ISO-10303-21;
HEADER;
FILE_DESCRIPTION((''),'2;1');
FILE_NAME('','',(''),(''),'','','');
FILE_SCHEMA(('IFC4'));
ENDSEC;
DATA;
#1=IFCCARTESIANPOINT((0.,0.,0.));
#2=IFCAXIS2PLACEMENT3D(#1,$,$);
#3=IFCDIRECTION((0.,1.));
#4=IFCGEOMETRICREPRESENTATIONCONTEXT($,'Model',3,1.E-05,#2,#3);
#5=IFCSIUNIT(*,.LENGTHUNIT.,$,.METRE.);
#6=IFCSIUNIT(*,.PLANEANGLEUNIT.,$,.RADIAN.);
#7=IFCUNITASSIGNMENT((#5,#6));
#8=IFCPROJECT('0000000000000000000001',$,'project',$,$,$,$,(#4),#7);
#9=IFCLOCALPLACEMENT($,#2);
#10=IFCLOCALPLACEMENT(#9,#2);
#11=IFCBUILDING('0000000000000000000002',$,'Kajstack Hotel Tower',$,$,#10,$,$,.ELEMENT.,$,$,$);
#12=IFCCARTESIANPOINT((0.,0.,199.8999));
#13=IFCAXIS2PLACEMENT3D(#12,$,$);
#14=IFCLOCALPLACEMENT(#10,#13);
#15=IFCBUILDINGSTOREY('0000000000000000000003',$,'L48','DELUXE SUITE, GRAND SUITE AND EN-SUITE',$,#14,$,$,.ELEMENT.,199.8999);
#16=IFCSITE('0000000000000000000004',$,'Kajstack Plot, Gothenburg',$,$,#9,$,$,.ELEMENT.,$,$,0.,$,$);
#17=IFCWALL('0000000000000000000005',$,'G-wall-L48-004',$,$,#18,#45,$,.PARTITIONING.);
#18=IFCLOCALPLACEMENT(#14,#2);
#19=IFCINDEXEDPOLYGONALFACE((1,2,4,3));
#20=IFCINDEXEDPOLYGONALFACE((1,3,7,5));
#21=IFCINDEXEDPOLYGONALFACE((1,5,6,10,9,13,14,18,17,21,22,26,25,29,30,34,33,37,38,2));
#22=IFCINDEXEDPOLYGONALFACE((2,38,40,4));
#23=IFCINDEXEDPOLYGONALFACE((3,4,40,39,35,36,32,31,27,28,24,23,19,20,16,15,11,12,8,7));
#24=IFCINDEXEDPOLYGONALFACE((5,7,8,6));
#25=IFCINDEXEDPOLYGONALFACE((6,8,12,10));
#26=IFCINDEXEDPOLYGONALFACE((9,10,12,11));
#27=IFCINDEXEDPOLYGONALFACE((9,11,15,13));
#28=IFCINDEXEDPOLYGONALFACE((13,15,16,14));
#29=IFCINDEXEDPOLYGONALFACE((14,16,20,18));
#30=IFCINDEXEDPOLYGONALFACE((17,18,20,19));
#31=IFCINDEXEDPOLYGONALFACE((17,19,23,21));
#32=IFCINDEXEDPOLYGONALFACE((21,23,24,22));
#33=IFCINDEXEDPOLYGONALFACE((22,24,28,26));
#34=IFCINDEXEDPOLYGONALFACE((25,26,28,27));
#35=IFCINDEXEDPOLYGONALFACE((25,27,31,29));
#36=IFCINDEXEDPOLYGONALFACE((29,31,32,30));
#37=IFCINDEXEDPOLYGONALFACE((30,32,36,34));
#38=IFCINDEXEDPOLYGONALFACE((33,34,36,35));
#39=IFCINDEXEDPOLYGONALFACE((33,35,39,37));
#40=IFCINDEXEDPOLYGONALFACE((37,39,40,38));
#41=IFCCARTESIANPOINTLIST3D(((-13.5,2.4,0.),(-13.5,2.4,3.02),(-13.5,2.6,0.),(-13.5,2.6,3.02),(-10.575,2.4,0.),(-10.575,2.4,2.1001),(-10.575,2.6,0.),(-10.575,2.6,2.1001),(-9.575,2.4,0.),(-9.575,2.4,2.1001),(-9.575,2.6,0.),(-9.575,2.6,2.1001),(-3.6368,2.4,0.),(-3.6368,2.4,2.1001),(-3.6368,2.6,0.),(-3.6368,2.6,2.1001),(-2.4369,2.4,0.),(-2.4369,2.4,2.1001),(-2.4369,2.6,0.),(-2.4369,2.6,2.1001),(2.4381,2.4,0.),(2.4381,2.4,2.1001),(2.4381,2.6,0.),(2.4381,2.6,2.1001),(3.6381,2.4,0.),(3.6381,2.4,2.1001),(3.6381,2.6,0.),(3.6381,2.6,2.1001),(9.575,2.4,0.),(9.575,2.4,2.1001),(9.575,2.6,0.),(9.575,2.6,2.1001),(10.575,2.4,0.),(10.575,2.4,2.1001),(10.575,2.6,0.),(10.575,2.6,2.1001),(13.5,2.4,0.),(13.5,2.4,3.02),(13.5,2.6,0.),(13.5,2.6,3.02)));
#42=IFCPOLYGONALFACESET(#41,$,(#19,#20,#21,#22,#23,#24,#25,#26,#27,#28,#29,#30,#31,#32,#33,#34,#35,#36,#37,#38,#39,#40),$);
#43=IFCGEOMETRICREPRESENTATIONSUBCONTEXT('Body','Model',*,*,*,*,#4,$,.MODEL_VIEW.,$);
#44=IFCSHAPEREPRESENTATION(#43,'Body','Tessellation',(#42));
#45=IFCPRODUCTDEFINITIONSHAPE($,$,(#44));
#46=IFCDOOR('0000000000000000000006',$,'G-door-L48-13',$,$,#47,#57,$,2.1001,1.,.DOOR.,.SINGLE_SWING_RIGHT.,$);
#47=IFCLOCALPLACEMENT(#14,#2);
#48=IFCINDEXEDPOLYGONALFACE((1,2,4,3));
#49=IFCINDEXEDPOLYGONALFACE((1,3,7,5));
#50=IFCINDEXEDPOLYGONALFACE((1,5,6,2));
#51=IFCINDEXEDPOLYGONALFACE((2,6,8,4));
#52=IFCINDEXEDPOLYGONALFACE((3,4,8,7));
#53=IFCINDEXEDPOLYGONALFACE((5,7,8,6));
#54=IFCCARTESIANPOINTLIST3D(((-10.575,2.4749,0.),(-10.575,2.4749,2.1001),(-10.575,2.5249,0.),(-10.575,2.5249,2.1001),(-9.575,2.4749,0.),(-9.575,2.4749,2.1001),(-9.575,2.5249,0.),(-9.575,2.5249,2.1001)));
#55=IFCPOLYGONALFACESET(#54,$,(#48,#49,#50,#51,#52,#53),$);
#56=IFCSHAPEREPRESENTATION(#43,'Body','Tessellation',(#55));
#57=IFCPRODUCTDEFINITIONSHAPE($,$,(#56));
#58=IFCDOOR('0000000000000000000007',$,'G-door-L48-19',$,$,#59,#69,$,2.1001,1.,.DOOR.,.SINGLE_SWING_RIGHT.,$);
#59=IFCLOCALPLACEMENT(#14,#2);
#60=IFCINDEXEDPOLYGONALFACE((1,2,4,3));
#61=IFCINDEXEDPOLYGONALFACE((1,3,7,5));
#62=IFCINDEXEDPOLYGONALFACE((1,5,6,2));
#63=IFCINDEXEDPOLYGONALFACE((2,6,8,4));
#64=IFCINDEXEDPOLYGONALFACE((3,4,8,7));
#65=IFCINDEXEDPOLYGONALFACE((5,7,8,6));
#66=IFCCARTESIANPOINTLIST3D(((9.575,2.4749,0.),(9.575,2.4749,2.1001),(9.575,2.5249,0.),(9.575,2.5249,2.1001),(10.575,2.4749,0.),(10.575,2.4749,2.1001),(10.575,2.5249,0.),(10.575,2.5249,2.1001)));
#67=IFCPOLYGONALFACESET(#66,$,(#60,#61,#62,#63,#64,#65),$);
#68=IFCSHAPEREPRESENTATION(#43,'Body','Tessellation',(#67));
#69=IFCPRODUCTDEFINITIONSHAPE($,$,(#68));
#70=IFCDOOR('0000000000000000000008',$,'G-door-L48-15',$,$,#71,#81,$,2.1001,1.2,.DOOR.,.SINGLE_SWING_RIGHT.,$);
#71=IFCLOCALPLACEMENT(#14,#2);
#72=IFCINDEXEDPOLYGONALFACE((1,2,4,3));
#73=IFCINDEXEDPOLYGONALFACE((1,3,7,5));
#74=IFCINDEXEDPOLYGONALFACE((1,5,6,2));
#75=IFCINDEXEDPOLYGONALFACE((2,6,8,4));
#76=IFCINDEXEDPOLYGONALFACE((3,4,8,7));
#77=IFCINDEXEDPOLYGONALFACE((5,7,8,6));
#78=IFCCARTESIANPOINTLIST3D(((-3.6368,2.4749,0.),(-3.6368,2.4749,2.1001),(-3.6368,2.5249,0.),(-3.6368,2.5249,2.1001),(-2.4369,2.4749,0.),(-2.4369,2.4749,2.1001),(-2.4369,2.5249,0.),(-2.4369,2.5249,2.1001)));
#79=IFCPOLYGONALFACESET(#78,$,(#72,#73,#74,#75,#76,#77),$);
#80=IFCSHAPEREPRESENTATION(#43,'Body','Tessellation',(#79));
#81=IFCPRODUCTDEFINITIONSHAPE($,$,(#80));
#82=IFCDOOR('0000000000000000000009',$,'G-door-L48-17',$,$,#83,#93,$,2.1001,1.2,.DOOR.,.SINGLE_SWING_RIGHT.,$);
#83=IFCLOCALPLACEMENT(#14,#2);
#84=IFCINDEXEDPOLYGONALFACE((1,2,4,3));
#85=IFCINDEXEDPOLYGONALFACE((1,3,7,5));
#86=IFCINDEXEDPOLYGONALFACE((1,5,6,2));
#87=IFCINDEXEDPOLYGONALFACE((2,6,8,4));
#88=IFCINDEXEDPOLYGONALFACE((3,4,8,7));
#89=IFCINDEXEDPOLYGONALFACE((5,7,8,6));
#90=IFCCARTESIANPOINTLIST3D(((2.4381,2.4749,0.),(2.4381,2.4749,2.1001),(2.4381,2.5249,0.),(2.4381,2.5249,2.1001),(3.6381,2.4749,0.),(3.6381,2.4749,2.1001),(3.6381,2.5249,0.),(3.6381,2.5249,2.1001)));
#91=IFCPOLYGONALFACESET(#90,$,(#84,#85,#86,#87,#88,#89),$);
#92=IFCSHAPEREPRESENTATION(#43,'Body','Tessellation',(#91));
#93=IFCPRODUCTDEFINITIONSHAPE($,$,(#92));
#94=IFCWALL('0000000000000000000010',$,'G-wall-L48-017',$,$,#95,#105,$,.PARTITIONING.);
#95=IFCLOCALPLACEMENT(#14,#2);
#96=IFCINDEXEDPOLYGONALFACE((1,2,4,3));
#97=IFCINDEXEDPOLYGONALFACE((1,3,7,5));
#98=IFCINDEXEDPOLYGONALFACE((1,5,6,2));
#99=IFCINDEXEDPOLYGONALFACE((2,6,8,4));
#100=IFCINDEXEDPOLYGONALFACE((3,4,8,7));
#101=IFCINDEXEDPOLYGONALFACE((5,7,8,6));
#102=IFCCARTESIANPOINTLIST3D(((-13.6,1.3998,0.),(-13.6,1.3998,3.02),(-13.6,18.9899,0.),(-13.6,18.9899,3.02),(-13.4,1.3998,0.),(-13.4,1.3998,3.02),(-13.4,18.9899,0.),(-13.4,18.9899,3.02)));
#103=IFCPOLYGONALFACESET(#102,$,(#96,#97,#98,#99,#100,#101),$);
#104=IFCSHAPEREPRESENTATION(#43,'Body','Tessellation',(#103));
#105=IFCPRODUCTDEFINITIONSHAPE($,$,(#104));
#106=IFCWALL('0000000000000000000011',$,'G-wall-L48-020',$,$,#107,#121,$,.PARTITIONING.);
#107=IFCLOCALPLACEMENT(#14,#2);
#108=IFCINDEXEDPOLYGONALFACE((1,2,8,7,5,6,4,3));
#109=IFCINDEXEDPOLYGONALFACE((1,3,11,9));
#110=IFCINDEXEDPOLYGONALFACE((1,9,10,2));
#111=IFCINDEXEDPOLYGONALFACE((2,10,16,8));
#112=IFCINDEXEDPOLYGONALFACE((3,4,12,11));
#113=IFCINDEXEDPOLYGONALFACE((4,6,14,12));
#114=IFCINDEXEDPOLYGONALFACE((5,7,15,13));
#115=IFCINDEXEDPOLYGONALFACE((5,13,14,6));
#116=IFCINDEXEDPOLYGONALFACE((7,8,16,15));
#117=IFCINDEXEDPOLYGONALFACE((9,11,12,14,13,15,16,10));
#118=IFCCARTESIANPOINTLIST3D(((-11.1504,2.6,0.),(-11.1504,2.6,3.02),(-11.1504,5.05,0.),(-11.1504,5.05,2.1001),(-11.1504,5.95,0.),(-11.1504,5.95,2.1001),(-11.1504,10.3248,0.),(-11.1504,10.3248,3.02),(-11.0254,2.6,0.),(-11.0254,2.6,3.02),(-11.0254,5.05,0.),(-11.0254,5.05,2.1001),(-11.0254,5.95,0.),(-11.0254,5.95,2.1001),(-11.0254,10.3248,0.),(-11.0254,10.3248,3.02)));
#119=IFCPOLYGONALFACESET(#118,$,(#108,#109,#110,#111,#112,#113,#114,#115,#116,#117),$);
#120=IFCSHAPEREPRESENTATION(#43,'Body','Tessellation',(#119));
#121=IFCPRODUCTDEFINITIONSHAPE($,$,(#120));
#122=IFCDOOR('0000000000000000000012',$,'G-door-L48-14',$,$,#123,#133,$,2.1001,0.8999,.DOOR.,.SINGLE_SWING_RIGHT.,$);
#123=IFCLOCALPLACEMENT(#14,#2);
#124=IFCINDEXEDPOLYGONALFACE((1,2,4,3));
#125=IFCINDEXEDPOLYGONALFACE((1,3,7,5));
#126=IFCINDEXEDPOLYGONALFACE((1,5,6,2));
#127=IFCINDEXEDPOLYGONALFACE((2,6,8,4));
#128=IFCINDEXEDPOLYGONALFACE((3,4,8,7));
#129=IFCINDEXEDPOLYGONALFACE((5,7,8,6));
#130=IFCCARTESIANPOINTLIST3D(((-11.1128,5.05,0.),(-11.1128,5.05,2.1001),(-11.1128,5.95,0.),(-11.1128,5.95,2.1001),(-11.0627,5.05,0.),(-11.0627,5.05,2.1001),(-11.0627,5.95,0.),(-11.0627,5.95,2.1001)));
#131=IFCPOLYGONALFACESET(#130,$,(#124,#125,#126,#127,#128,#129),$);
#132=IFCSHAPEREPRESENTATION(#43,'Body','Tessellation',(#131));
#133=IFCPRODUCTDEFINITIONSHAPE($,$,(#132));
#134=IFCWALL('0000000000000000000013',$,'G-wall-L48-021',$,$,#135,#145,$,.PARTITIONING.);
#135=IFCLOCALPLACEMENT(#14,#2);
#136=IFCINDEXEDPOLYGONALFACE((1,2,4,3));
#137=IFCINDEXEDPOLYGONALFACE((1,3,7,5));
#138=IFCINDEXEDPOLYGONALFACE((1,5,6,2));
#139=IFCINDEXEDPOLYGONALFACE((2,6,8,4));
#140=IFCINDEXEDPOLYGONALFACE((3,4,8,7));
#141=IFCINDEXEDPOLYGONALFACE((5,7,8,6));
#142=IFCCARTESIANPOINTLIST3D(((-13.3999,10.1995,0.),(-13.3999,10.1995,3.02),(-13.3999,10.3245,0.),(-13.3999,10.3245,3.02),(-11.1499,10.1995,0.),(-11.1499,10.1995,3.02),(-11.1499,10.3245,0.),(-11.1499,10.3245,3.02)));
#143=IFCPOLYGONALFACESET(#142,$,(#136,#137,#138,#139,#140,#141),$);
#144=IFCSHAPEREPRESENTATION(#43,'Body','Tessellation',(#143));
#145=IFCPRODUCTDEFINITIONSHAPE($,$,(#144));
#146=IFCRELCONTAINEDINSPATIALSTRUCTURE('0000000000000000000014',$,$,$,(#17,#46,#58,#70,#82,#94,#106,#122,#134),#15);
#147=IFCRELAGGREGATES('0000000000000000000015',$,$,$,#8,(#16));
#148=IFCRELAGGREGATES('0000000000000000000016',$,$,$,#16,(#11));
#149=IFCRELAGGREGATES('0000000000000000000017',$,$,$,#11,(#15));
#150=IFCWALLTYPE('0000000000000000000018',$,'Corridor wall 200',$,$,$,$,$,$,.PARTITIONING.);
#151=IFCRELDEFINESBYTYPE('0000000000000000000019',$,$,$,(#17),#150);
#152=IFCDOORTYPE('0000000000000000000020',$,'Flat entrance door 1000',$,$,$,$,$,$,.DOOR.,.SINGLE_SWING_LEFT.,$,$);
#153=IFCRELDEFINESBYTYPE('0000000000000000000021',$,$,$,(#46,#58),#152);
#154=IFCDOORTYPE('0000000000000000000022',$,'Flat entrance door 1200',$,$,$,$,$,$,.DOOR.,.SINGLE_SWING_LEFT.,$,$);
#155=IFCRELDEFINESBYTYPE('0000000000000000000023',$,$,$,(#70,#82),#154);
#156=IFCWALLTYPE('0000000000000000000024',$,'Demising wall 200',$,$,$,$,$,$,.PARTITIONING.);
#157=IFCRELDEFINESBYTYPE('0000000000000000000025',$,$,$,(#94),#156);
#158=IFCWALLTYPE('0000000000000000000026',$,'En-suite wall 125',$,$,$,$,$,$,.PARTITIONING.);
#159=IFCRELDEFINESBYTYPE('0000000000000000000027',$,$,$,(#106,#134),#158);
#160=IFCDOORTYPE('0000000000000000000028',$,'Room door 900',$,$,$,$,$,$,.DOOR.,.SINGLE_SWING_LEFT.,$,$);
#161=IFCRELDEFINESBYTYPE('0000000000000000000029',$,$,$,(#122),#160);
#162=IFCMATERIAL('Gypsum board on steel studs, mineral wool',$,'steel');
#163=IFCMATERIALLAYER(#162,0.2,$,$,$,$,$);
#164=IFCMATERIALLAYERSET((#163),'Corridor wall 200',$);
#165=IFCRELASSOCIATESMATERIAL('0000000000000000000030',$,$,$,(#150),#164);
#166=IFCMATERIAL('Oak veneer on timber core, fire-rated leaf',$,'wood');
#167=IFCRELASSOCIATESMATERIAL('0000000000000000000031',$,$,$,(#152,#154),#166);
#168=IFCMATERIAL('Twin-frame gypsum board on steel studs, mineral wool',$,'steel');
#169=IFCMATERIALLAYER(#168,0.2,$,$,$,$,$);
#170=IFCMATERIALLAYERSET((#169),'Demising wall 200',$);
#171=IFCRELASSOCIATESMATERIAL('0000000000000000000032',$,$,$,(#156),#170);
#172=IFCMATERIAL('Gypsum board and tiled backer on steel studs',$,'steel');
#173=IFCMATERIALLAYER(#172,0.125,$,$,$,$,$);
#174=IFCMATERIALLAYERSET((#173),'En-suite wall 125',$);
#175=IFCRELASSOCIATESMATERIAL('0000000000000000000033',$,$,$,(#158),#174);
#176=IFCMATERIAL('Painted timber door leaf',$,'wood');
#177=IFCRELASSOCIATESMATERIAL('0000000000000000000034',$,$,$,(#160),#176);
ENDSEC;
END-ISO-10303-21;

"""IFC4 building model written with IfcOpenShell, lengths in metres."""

from ifc_helpers import new_model, si_unit, direction, frame, frame_2d, origin, place, context, subcontext, project, spatial, rectangle, extrude, material, layer, layer_set, type_object, element, fill, save


model = new_model("IFC4")

# Units and contexts
model_context = context("Model", 3, precision=1e-05, world=origin(), true_north=direction((0.0, 1.0)))
body_context = subcontext(model_context, "Body", "Model", "MODEL_VIEW")
ifc_project = project(units=[si_unit("LENGTHUNIT", "METRE"), si_unit("PLANEANGLEUNIT", "RADIAN")], contexts=[model_context])

# Site, building, storey
site_placement = place(None, origin())
site = spatial("IfcSite", under=ifc_project, at=site_placement, Name="Kajstack Plot, Gothenburg", CompositionType="ELEMENT", RefElevation=0.0)
building_placement = place(site_placement, origin())
building = spatial("IfcBuilding", under=site, at=building_placement, Name="Kajstack Hotel Tower", CompositionType="ELEMENT")
storey_placement = place(building_placement, frame((0.0, 0.0, 199.8999)))
storey = spatial("IfcBuildingStorey", under=building, at=storey_placement, Name="L48", Description="DELUXE SUITE, GRAND SUITE AND EN-SUITE", CompositionType="ELEMENT", Elevation=199.8999)

# Wall, openings, doors
ifc_material_1 = material(Name="Gypsum board on steel studs, mineral wool", Category="steel")
ifc_layer_1 = layer(ifc_material_1, 0.2)
ifc_layer_set_1 = layer_set([ifc_layer_1], Name="Corridor wall 200")
wall_type_1 = type_object("IfcWallType", Name="Corridor wall 200", PredefinedType="PARTITIONING", material=ifc_layer_set_1)
wall_1_placement = place(storey_placement, frame((-13.5, 2.5, 0.0), z_axis=(0.0, 0.0, 1.0), x_axis=(1.0, 0.0, 0.0)))
wall_1 = element("IfcWall", 1, at=wall_1_placement, inside=storey, type_object=wall_type_1, Name="G-wall-L48-004", PredefinedType="PARTITIONING", context=body_context, shape_type="SweptSolid", body=[
    extrude(rectangle(XDim=27.0, YDim=0.2, at=frame_2d((13.5, 0.0))), origin(), (0.0, 0.0, 1.0), 3.02),
])
opening_1_placement = place(wall_1_placement, frame((2.925, 0.0, 0.0)))
opening_1 = element("IfcOpeningElement", 2, at=opening_1_placement, cuts=wall_1, PredefinedType="OPENING", context=body_context, shape_type="SweptSolid", body=[
    extrude(rectangle(XDim=1.0, YDim=2.1001, at=frame_2d((0.5, 1.05))), frame((0.0, 0.1099, 0.0), z_axis=(0.0, -1.0, 0.0), x_axis=(1.0, 0.0, 0.0)), (0.0, 0.0, 1.0), 0.22),
])
opening_2_placement = place(wall_1_placement, frame((9.863, 0.0, 0.0)))
opening_2 = element("IfcOpeningElement", 3, at=opening_2_placement, cuts=wall_1, PredefinedType="OPENING", context=body_context, shape_type="SweptSolid", body=[
    extrude(rectangle(XDim=1.2, YDim=2.1001, at=frame_2d((0.6001, 1.05))), frame((0.0, 0.1099, 0.0), z_axis=(0.0, -1.0, 0.0), x_axis=(1.0, 0.0, 0.0)), (0.0, 0.0, 1.0), 0.22),
])
opening_3_placement = place(wall_1_placement, frame((15.938, 0.0, 0.0)))
opening_3 = element("IfcOpeningElement", 4, at=opening_3_placement, cuts=wall_1, PredefinedType="OPENING", context=body_context, shape_type="SweptSolid", body=[
    extrude(rectangle(XDim=1.2, YDim=2.1001, at=frame_2d((0.6001, 1.05))), frame((0.0, 0.1099, 0.0), z_axis=(0.0, -1.0, 0.0), x_axis=(1.0, 0.0, 0.0)), (0.0, 0.0, 1.0), 0.22),
])
opening_4_placement = place(wall_1_placement, frame((23.075, 0.0, 0.0)))
opening_4 = element("IfcOpeningElement", 5, at=opening_4_placement, cuts=wall_1, PredefinedType="OPENING", context=body_context, shape_type="SweptSolid", body=[
    extrude(rectangle(XDim=1.0, YDim=2.1001, at=frame_2d((0.5, 1.05))), frame((0.0, 0.1099, 0.0), z_axis=(0.0, -1.0, 0.0), x_axis=(1.0, 0.0, 0.0)), (0.0, 0.0, 1.0), 0.22),
])
ifc_material_2 = material(Name="Oak veneer on timber core, fire-rated leaf", Category="wood")
door_type_1 = type_object("IfcDoorType", Name="Flat entrance door 1000", OperationType="SINGLE_SWING_LEFT", PredefinedType="DOOR", material=ifc_material_2)
door_1_placement = place(opening_1_placement, origin())
door_1 = element("IfcDoor", 6, at=door_1_placement, inside=storey, type_object=door_type_1, Name="G-door-L48-13", OperationType="SINGLE_SWING_RIGHT", OverallHeight=2.1001, OverallWidth=1.0, PredefinedType="DOOR", context=body_context, shape_type="SweptSolid", body=[
    extrude(rectangle(XDim=1.0, YDim=2.1001, at=frame_2d((0.5, 1.05))), frame((0.0, 0.0249, 0.0), z_axis=(0.0, -1.0, 0.0), x_axis=(1.0, 0.0, 0.0)), (0.0, 0.0, 1.0), 0.05),
])
fill(opening_1, door_1)
door_2_placement = place(opening_4_placement, origin())
door_2 = element("IfcDoor", 7, at=door_2_placement, inside=storey, type_object=door_type_1, Name="G-door-L48-19", OperationType="SINGLE_SWING_RIGHT", OverallHeight=2.1001, OverallWidth=1.0, PredefinedType="DOOR", context=body_context, shape_type="SweptSolid", body=[
    extrude(rectangle(XDim=1.0, YDim=2.1001, at=frame_2d((0.5, 1.05))), frame((0.0, 0.0249, 0.0), z_axis=(0.0, -1.0, 0.0), x_axis=(1.0, 0.0, 0.0)), (0.0, 0.0, 1.0), 0.05),
])
fill(opening_4, door_2)
door_type_2 = type_object("IfcDoorType", Name="Flat entrance door 1200", OperationType="SINGLE_SWING_LEFT", PredefinedType="DOOR", material=ifc_material_2)
door_3_placement = place(opening_2_placement, origin())
door_3 = element("IfcDoor", 8, at=door_3_placement, inside=storey, type_object=door_type_2, Name="G-door-L48-15", OperationType="SINGLE_SWING_RIGHT", OverallHeight=2.1001, OverallWidth=1.2, PredefinedType="DOOR", context=body_context, shape_type="SweptSolid", body=[
    extrude(rectangle(XDim=1.2, YDim=2.1001, at=frame_2d((0.6001, 1.05))), frame((0.0, 0.0249, 0.0), z_axis=(0.0, -1.0, 0.0), x_axis=(1.0, 0.0, 0.0)), (0.0, 0.0, 1.0), 0.05),
])
fill(opening_2, door_3)
door_4_placement = place(opening_3_placement, origin())
door_4 = element("IfcDoor", 9, at=door_4_placement, inside=storey, type_object=door_type_2, Name="G-door-L48-17", OperationType="SINGLE_SWING_RIGHT", OverallHeight=2.1001, OverallWidth=1.2, PredefinedType="DOOR", context=body_context, shape_type="SweptSolid", body=[
    extrude(rectangle(XDim=1.2, YDim=2.1001, at=frame_2d((0.6001, 1.05))), frame((0.0, 0.0249, 0.0), z_axis=(0.0, -1.0, 0.0), x_axis=(1.0, 0.0, 0.0)), (0.0, 0.0, 1.0), 0.05),
])
fill(opening_3, door_4)

# Wall
ifc_material_3 = material(Name="Twin-frame gypsum board on steel studs, mineral wool", Category="steel")
ifc_layer_2 = layer(ifc_material_3, 0.2)
ifc_layer_set_2 = layer_set([ifc_layer_2], Name="Demising wall 200")
wall_type_2 = type_object("IfcWallType", Name="Demising wall 200", PredefinedType="PARTITIONING", material=ifc_layer_set_2)
wall_2_placement = place(storey_placement, frame((-13.5, 1.3999, 0.0), z_axis=(0.0, 0.0, 1.0), x_axis=(0.0, 1.0, 0.0)))
element("IfcWall", 10, at=wall_2_placement, inside=storey, type_object=wall_type_2, Name="G-wall-L48-017", PredefinedType="PARTITIONING", context=body_context, shape_type="SweptSolid", body=[
    extrude(rectangle(XDim=17.5901, YDim=0.2, at=frame_2d((8.7949, 0.0))), origin(), (0.0, 0.0, 1.0), 3.02),
])

# Wall, opening, door
ifc_material_4 = material(Name="Gypsum board and tiled backer on steel studs", Category="steel")
ifc_layer_3 = layer(ifc_material_4, 0.125)
ifc_layer_set_3 = layer_set([ifc_layer_3], Name="En-suite wall 125")
wall_type_3 = type_object("IfcWallType", Name="En-suite wall 125", PredefinedType="PARTITIONING", material=ifc_layer_set_3)
wall_3_placement = place(storey_placement, frame((-11.0879, 2.6001, 0.0), z_axis=(0.0, 0.0, 1.0), x_axis=(0.0, 1.0, 0.0)))
wall_3 = element("IfcWall", 11, at=wall_3_placement, inside=storey, type_object=wall_type_3, Name="G-wall-L48-020", PredefinedType="PARTITIONING", context=body_context, shape_type="SweptSolid", body=[
    extrude(rectangle(XDim=7.7249, YDim=0.125, at=frame_2d((3.8623, 0.0))), origin(), (0.0, 0.0, 1.0), 3.02),
])
opening_5_placement = place(wall_3_placement, frame((2.45, 0.0, 0.0)))
opening_5 = element("IfcOpeningElement", 12, at=opening_5_placement, cuts=wall_3, PredefinedType="OPENING", context=body_context, shape_type="SweptSolid", body=[
    extrude(rectangle(XDim=0.8999, YDim=2.1001, at=frame_2d((0.45, 1.05))), frame((0.0, 0.0725, 0.0), z_axis=(0.0, -1.0, 0.0), x_axis=(1.0, 0.0, 0.0)), (0.0, 0.0, 1.0), 0.145),
])
ifc_material_5 = material(Name="Painted timber door leaf", Category="wood")
door_type_3 = type_object("IfcDoorType", Name="Room door 900", OperationType="SINGLE_SWING_LEFT", PredefinedType="DOOR", material=ifc_material_5)
door_5_placement = place(opening_5_placement, origin())
door_5 = element("IfcDoor", 13, at=door_5_placement, inside=storey, type_object=door_type_3, Name="G-door-L48-14", OperationType="SINGLE_SWING_RIGHT", OverallHeight=2.1001, OverallWidth=0.8999, PredefinedType="DOOR", context=body_context, shape_type="SweptSolid", body=[
    extrude(rectangle(XDim=0.8999, YDim=2.1001, at=frame_2d((0.45, 1.05))), frame((0.0, 0.0249, 0.0), z_axis=(0.0, -1.0, 0.0), x_axis=(1.0, 0.0, 0.0)), (0.0, 0.0, 1.0), 0.05),
])
fill(opening_5, door_5)

# Wall
wall_4_placement = place(storey_placement, frame((-13.3999, 10.262, 0.0), z_axis=(0.0, 0.0, 1.0), x_axis=(1.0, 0.0, 0.0)))
element("IfcWall", 14, at=wall_4_placement, inside=storey, type_object=wall_type_3, Name="G-wall-L48-021", PredefinedType="PARTITIONING", context=body_context, shape_type="SweptSolid", body=[
    extrude(rectangle(XDim=2.25, YDim=0.125, at=frame_2d((1.125, 0.0))), origin(), (0.0, 0.0, 1.0), 3.02),
])

save(model, "model.ifc")
